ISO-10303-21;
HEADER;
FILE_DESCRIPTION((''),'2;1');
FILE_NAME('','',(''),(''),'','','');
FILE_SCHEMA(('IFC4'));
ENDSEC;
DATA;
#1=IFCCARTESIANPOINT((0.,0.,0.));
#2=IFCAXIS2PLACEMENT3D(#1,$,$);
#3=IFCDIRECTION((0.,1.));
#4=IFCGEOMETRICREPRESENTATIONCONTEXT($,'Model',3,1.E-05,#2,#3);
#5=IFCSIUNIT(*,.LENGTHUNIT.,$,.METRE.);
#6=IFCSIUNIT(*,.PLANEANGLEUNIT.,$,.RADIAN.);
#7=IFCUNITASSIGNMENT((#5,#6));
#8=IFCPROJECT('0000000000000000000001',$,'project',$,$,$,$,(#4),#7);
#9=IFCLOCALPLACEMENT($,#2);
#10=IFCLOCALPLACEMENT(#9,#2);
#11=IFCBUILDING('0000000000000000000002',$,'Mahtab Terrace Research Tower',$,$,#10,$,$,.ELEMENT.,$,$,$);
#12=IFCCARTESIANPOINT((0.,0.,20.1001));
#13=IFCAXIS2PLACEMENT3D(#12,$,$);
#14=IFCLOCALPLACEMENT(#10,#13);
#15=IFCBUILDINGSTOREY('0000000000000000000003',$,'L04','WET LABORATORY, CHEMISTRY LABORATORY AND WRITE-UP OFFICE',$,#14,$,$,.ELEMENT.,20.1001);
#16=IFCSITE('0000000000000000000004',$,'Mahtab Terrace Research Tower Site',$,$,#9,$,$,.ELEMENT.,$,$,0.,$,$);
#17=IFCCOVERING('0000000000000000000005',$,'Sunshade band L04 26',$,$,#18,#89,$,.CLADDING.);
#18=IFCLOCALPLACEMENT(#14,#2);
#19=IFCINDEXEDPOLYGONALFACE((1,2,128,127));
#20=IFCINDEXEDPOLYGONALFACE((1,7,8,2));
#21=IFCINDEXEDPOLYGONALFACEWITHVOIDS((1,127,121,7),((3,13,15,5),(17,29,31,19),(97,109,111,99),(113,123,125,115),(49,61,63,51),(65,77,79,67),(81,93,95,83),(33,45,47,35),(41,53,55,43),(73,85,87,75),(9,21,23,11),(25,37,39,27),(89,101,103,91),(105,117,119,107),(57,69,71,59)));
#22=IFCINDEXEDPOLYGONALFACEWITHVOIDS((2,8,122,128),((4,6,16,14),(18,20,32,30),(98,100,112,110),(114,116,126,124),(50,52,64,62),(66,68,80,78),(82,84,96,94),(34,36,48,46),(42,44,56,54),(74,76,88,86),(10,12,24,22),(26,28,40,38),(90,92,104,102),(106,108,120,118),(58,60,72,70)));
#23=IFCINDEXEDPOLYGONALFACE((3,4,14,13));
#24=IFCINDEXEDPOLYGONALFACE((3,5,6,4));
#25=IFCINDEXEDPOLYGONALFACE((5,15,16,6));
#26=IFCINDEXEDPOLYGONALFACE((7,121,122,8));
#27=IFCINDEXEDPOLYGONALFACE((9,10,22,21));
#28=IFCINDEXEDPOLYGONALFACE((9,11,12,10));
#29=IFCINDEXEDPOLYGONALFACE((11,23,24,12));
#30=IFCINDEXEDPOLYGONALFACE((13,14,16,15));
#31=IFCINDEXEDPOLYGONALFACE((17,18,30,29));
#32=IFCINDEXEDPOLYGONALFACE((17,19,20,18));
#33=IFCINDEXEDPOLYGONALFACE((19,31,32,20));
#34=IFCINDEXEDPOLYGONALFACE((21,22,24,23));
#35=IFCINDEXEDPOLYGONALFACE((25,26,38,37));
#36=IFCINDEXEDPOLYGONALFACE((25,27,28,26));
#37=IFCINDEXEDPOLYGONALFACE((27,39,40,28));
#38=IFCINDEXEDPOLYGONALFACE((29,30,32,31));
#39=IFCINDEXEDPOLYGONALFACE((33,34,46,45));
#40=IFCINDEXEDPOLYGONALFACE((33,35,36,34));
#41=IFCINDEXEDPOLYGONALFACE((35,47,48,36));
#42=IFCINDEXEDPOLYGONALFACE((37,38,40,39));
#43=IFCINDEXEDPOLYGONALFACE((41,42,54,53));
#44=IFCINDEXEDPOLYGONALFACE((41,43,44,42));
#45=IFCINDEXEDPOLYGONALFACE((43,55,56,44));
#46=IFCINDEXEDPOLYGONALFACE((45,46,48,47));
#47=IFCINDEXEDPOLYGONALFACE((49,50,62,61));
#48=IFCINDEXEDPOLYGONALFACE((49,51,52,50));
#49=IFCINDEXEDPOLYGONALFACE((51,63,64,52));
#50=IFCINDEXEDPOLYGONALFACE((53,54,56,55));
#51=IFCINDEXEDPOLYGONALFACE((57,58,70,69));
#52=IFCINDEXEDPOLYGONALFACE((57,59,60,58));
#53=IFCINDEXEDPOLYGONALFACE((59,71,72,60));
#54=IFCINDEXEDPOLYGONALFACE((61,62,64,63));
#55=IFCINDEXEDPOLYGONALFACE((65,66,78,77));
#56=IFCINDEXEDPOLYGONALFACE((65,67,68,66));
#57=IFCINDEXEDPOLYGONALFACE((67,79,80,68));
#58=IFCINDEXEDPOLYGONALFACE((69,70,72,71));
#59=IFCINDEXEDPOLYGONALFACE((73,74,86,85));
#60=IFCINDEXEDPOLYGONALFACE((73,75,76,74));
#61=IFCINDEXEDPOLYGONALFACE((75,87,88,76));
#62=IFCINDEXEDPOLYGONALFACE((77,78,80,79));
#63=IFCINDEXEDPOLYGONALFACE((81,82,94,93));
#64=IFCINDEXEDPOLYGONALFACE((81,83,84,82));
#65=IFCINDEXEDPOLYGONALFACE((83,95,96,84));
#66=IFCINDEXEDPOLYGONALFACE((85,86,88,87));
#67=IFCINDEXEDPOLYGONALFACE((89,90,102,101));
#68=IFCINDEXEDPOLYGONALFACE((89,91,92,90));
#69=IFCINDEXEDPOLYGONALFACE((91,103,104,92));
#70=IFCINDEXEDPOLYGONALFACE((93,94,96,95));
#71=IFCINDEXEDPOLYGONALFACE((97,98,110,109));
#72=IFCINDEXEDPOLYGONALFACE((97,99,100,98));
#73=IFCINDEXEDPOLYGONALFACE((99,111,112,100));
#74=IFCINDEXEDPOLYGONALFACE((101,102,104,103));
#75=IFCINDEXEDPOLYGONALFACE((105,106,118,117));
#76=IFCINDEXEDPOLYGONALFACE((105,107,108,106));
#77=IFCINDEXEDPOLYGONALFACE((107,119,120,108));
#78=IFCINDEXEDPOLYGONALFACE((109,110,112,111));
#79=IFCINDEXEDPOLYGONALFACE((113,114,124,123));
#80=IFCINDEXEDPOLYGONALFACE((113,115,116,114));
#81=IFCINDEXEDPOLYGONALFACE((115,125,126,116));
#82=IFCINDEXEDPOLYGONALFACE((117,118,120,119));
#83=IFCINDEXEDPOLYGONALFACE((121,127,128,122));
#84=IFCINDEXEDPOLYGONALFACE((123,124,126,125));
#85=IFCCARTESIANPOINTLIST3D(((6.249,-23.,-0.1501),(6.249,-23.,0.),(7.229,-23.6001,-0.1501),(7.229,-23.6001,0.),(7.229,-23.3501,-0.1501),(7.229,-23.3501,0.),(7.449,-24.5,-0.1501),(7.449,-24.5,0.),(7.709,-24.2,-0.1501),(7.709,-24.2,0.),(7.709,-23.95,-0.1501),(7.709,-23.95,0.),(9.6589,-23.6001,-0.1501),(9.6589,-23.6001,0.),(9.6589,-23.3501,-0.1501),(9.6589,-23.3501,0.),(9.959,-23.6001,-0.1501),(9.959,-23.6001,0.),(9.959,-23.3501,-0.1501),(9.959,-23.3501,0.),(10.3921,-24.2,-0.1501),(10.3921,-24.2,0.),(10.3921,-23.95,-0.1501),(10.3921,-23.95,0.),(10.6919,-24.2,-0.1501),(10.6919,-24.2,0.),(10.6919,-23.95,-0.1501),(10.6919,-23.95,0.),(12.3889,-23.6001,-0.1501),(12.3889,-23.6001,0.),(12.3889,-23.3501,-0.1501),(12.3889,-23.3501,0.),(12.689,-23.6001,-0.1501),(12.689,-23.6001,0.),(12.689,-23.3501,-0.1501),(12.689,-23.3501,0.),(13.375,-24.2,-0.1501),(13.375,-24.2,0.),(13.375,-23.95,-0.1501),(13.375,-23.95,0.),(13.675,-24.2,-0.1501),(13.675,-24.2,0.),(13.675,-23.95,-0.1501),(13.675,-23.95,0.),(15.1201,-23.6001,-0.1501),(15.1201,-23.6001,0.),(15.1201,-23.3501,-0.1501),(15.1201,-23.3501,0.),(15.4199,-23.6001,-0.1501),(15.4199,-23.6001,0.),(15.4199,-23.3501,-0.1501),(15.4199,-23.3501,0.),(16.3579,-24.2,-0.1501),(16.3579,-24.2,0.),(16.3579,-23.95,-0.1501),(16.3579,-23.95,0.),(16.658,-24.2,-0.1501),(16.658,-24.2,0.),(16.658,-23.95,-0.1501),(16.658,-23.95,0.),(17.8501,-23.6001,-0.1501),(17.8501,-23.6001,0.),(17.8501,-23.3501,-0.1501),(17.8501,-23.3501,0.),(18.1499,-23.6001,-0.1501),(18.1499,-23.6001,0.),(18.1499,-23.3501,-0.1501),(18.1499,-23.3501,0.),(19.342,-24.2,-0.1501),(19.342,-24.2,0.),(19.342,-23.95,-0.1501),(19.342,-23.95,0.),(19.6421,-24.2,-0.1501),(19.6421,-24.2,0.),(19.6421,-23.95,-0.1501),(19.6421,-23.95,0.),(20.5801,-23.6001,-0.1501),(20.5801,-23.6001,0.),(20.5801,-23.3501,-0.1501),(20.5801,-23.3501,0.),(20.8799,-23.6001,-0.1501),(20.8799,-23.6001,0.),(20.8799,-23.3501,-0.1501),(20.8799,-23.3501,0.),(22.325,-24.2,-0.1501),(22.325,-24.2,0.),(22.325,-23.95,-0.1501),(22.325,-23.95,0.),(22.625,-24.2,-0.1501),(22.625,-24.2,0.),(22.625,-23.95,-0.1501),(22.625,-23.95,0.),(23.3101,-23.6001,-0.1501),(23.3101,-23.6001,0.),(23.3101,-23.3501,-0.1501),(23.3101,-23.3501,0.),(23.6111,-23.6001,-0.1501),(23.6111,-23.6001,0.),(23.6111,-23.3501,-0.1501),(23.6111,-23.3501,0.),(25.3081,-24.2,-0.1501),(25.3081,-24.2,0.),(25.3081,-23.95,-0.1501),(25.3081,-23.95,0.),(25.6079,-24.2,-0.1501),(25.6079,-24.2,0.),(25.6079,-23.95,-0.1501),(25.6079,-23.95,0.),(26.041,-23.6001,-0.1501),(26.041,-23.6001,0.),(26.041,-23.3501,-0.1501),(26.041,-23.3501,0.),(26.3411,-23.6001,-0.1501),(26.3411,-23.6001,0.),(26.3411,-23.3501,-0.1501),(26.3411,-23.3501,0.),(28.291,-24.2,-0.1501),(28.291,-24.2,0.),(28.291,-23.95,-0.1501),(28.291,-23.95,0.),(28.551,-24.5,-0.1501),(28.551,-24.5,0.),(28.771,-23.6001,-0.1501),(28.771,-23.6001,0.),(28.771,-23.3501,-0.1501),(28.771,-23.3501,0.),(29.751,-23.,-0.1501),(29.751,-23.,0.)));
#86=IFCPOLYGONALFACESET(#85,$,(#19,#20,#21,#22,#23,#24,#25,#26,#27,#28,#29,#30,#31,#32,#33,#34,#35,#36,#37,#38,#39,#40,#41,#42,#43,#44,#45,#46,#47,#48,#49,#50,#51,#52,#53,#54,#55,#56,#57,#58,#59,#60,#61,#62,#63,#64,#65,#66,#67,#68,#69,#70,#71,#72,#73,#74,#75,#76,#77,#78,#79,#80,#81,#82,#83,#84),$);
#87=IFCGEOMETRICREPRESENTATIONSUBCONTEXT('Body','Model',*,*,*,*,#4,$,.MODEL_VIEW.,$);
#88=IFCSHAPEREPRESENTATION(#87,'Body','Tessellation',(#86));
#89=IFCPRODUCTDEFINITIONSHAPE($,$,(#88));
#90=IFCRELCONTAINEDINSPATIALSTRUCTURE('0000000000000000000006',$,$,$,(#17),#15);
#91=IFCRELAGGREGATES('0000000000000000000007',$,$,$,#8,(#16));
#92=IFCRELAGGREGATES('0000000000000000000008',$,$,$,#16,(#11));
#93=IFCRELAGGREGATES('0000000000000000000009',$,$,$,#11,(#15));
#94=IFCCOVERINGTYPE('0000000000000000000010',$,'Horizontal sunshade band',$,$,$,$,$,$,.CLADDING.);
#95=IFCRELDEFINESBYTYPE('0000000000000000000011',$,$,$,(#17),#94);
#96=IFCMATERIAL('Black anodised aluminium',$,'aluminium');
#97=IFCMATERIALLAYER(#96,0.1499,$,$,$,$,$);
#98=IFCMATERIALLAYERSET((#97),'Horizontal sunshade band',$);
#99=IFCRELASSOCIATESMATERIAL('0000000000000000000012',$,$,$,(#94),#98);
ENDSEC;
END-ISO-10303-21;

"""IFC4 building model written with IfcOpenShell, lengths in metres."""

from ifc_helpers import new_model, si_unit, direction, frame, origin, place, context, subcontext, project, spatial, polyline, outline, extrude, material, layer, layer_set, type_object, element, save


model = new_model("IFC4")

# Units and contexts
model_context = context("Model", 3, precision=1e-05, world=origin(), true_north=direction((0.0, 1.0)))
body_context = subcontext(model_context, "Body", "Model", "MODEL_VIEW")
ifc_project = project(units=[si_unit("LENGTHUNIT", "METRE"), si_unit("PLANEANGLEUNIT", "RADIAN")], contexts=[model_context])

# Site, building, storey
site_placement = place(None, origin())
site = spatial("IfcSite", under=ifc_project, at=site_placement, Name="Mahtab Terrace Research Tower Site", CompositionType="ELEMENT", RefElevation=0.0)
building_placement = place(site_placement, origin())
building = spatial("IfcBuilding", under=site, at=building_placement, Name="Mahtab Terrace Research Tower", CompositionType="ELEMENT")
storey_placement = place(building_placement, frame((0.0, 0.0, 20.1001)))
storey = spatial("IfcBuildingStorey", under=building, at=storey_placement, Name="L04", Description="WET LABORATORY, CHEMISTRY LABORATORY AND WRITE-UP OFFICE", CompositionType="ELEMENT", Elevation=20.1001)

# Covering
ifc_material_1 = material(Name="Black anodised aluminium", Category="aluminium")
ifc_layer_1 = layer(ifc_material_1, 0.1499)
ifc_layer_set_1 = layer_set([ifc_layer_1], Name="Horizontal sunshade band")
covering_type = type_object("IfcCoveringType", Name="Horizontal sunshade band", PredefinedType="CLADDING", material=ifc_layer_set_1)
covering_1_placement = place(storey_placement, frame((0.0, 0.0, -0.1501)))
element("IfcCovering", 1, at=covering_1_placement, inside=storey, type_object=covering_type, Name="Sunshade band L04 26", PredefinedType="CLADDING", context=body_context, shape_type="SweptSolid", body=[
    extrude(outline(polyline([(6.249, -23.0), (29.751, -23.0), (28.551, -24.5), (7.449, -24.5), (6.249, -23.0)]), holes=[polyline([(7.229, -23.3501), (9.6589, -23.3501), (9.6589, -23.6001), (7.229, -23.6001), (7.229, -23.3501)]), polyline([(9.959, -23.3501), (12.3889, -23.3501), (12.3889, -23.6001), (9.959, -23.6001), (9.959, -23.3501)]), polyline([(12.689, -23.3501), (15.1201, -23.3501), (15.1201, -23.6001), (12.689, -23.6001), (12.689, -23.3501)]), polyline([(15.4199, -23.3501), (17.8501, -23.3501), (17.8501, -23.6001), (15.4199, -23.6001), (15.4199, -23.3501)]), polyline([(18.1499, -23.3501), (20.5801, -23.3501), (20.5801, -23.6001), (18.1499, -23.6001), (18.1499, -23.3501)]), polyline([(20.8799, -23.3501), (23.3101, -23.3501), (23.3101, -23.6001), (20.8799, -23.6001), (20.8799, -23.3501)]), polyline([(23.6111, -23.3501), (26.041, -23.3501), (26.041, -23.6001), (23.6111, -23.6001), (23.6111, -23.3501)]), polyline([(26.3411, -23.3501), (28.771, -23.3501), (28.771, -23.6001), (26.3411, -23.6001), (26.3411, -23.3501)]), polyline([(7.709, -23.95), (10.3921, -23.95), (10.3921, -24.2), (7.709, -24.2), (7.709, -23.95)]), polyline([(10.6919, -23.95), (13.375, -23.95), (13.375, -24.2), (10.6919, -24.2), (10.6919, -23.95)]), polyline([(13.675, -23.95), (16.3579, -23.95), (16.3579, -24.2), (13.675, -24.2), (13.675, -23.95)]), polyline([(16.658, -23.95), (19.342, -23.95), (19.342, -24.2), (16.658, -24.2), (16.658, -23.95)]), polyline([(19.6421, -23.95), (22.325, -23.95), (22.325, -24.2), (19.6421, -24.2), (19.6421, -23.95)]), polyline([(22.625, -23.95), (25.3081, -23.95), (25.3081, -24.2), (22.625, -24.2), (22.625, -23.95)]), polyline([(25.6079, -23.95), (28.291, -23.95), (28.291, -24.2), (25.6079, -24.2), (25.6079, -23.95)])]), origin(), (0.0, 0.0, 1.0), 0.1501),
])

save(model, "model.ifc")
